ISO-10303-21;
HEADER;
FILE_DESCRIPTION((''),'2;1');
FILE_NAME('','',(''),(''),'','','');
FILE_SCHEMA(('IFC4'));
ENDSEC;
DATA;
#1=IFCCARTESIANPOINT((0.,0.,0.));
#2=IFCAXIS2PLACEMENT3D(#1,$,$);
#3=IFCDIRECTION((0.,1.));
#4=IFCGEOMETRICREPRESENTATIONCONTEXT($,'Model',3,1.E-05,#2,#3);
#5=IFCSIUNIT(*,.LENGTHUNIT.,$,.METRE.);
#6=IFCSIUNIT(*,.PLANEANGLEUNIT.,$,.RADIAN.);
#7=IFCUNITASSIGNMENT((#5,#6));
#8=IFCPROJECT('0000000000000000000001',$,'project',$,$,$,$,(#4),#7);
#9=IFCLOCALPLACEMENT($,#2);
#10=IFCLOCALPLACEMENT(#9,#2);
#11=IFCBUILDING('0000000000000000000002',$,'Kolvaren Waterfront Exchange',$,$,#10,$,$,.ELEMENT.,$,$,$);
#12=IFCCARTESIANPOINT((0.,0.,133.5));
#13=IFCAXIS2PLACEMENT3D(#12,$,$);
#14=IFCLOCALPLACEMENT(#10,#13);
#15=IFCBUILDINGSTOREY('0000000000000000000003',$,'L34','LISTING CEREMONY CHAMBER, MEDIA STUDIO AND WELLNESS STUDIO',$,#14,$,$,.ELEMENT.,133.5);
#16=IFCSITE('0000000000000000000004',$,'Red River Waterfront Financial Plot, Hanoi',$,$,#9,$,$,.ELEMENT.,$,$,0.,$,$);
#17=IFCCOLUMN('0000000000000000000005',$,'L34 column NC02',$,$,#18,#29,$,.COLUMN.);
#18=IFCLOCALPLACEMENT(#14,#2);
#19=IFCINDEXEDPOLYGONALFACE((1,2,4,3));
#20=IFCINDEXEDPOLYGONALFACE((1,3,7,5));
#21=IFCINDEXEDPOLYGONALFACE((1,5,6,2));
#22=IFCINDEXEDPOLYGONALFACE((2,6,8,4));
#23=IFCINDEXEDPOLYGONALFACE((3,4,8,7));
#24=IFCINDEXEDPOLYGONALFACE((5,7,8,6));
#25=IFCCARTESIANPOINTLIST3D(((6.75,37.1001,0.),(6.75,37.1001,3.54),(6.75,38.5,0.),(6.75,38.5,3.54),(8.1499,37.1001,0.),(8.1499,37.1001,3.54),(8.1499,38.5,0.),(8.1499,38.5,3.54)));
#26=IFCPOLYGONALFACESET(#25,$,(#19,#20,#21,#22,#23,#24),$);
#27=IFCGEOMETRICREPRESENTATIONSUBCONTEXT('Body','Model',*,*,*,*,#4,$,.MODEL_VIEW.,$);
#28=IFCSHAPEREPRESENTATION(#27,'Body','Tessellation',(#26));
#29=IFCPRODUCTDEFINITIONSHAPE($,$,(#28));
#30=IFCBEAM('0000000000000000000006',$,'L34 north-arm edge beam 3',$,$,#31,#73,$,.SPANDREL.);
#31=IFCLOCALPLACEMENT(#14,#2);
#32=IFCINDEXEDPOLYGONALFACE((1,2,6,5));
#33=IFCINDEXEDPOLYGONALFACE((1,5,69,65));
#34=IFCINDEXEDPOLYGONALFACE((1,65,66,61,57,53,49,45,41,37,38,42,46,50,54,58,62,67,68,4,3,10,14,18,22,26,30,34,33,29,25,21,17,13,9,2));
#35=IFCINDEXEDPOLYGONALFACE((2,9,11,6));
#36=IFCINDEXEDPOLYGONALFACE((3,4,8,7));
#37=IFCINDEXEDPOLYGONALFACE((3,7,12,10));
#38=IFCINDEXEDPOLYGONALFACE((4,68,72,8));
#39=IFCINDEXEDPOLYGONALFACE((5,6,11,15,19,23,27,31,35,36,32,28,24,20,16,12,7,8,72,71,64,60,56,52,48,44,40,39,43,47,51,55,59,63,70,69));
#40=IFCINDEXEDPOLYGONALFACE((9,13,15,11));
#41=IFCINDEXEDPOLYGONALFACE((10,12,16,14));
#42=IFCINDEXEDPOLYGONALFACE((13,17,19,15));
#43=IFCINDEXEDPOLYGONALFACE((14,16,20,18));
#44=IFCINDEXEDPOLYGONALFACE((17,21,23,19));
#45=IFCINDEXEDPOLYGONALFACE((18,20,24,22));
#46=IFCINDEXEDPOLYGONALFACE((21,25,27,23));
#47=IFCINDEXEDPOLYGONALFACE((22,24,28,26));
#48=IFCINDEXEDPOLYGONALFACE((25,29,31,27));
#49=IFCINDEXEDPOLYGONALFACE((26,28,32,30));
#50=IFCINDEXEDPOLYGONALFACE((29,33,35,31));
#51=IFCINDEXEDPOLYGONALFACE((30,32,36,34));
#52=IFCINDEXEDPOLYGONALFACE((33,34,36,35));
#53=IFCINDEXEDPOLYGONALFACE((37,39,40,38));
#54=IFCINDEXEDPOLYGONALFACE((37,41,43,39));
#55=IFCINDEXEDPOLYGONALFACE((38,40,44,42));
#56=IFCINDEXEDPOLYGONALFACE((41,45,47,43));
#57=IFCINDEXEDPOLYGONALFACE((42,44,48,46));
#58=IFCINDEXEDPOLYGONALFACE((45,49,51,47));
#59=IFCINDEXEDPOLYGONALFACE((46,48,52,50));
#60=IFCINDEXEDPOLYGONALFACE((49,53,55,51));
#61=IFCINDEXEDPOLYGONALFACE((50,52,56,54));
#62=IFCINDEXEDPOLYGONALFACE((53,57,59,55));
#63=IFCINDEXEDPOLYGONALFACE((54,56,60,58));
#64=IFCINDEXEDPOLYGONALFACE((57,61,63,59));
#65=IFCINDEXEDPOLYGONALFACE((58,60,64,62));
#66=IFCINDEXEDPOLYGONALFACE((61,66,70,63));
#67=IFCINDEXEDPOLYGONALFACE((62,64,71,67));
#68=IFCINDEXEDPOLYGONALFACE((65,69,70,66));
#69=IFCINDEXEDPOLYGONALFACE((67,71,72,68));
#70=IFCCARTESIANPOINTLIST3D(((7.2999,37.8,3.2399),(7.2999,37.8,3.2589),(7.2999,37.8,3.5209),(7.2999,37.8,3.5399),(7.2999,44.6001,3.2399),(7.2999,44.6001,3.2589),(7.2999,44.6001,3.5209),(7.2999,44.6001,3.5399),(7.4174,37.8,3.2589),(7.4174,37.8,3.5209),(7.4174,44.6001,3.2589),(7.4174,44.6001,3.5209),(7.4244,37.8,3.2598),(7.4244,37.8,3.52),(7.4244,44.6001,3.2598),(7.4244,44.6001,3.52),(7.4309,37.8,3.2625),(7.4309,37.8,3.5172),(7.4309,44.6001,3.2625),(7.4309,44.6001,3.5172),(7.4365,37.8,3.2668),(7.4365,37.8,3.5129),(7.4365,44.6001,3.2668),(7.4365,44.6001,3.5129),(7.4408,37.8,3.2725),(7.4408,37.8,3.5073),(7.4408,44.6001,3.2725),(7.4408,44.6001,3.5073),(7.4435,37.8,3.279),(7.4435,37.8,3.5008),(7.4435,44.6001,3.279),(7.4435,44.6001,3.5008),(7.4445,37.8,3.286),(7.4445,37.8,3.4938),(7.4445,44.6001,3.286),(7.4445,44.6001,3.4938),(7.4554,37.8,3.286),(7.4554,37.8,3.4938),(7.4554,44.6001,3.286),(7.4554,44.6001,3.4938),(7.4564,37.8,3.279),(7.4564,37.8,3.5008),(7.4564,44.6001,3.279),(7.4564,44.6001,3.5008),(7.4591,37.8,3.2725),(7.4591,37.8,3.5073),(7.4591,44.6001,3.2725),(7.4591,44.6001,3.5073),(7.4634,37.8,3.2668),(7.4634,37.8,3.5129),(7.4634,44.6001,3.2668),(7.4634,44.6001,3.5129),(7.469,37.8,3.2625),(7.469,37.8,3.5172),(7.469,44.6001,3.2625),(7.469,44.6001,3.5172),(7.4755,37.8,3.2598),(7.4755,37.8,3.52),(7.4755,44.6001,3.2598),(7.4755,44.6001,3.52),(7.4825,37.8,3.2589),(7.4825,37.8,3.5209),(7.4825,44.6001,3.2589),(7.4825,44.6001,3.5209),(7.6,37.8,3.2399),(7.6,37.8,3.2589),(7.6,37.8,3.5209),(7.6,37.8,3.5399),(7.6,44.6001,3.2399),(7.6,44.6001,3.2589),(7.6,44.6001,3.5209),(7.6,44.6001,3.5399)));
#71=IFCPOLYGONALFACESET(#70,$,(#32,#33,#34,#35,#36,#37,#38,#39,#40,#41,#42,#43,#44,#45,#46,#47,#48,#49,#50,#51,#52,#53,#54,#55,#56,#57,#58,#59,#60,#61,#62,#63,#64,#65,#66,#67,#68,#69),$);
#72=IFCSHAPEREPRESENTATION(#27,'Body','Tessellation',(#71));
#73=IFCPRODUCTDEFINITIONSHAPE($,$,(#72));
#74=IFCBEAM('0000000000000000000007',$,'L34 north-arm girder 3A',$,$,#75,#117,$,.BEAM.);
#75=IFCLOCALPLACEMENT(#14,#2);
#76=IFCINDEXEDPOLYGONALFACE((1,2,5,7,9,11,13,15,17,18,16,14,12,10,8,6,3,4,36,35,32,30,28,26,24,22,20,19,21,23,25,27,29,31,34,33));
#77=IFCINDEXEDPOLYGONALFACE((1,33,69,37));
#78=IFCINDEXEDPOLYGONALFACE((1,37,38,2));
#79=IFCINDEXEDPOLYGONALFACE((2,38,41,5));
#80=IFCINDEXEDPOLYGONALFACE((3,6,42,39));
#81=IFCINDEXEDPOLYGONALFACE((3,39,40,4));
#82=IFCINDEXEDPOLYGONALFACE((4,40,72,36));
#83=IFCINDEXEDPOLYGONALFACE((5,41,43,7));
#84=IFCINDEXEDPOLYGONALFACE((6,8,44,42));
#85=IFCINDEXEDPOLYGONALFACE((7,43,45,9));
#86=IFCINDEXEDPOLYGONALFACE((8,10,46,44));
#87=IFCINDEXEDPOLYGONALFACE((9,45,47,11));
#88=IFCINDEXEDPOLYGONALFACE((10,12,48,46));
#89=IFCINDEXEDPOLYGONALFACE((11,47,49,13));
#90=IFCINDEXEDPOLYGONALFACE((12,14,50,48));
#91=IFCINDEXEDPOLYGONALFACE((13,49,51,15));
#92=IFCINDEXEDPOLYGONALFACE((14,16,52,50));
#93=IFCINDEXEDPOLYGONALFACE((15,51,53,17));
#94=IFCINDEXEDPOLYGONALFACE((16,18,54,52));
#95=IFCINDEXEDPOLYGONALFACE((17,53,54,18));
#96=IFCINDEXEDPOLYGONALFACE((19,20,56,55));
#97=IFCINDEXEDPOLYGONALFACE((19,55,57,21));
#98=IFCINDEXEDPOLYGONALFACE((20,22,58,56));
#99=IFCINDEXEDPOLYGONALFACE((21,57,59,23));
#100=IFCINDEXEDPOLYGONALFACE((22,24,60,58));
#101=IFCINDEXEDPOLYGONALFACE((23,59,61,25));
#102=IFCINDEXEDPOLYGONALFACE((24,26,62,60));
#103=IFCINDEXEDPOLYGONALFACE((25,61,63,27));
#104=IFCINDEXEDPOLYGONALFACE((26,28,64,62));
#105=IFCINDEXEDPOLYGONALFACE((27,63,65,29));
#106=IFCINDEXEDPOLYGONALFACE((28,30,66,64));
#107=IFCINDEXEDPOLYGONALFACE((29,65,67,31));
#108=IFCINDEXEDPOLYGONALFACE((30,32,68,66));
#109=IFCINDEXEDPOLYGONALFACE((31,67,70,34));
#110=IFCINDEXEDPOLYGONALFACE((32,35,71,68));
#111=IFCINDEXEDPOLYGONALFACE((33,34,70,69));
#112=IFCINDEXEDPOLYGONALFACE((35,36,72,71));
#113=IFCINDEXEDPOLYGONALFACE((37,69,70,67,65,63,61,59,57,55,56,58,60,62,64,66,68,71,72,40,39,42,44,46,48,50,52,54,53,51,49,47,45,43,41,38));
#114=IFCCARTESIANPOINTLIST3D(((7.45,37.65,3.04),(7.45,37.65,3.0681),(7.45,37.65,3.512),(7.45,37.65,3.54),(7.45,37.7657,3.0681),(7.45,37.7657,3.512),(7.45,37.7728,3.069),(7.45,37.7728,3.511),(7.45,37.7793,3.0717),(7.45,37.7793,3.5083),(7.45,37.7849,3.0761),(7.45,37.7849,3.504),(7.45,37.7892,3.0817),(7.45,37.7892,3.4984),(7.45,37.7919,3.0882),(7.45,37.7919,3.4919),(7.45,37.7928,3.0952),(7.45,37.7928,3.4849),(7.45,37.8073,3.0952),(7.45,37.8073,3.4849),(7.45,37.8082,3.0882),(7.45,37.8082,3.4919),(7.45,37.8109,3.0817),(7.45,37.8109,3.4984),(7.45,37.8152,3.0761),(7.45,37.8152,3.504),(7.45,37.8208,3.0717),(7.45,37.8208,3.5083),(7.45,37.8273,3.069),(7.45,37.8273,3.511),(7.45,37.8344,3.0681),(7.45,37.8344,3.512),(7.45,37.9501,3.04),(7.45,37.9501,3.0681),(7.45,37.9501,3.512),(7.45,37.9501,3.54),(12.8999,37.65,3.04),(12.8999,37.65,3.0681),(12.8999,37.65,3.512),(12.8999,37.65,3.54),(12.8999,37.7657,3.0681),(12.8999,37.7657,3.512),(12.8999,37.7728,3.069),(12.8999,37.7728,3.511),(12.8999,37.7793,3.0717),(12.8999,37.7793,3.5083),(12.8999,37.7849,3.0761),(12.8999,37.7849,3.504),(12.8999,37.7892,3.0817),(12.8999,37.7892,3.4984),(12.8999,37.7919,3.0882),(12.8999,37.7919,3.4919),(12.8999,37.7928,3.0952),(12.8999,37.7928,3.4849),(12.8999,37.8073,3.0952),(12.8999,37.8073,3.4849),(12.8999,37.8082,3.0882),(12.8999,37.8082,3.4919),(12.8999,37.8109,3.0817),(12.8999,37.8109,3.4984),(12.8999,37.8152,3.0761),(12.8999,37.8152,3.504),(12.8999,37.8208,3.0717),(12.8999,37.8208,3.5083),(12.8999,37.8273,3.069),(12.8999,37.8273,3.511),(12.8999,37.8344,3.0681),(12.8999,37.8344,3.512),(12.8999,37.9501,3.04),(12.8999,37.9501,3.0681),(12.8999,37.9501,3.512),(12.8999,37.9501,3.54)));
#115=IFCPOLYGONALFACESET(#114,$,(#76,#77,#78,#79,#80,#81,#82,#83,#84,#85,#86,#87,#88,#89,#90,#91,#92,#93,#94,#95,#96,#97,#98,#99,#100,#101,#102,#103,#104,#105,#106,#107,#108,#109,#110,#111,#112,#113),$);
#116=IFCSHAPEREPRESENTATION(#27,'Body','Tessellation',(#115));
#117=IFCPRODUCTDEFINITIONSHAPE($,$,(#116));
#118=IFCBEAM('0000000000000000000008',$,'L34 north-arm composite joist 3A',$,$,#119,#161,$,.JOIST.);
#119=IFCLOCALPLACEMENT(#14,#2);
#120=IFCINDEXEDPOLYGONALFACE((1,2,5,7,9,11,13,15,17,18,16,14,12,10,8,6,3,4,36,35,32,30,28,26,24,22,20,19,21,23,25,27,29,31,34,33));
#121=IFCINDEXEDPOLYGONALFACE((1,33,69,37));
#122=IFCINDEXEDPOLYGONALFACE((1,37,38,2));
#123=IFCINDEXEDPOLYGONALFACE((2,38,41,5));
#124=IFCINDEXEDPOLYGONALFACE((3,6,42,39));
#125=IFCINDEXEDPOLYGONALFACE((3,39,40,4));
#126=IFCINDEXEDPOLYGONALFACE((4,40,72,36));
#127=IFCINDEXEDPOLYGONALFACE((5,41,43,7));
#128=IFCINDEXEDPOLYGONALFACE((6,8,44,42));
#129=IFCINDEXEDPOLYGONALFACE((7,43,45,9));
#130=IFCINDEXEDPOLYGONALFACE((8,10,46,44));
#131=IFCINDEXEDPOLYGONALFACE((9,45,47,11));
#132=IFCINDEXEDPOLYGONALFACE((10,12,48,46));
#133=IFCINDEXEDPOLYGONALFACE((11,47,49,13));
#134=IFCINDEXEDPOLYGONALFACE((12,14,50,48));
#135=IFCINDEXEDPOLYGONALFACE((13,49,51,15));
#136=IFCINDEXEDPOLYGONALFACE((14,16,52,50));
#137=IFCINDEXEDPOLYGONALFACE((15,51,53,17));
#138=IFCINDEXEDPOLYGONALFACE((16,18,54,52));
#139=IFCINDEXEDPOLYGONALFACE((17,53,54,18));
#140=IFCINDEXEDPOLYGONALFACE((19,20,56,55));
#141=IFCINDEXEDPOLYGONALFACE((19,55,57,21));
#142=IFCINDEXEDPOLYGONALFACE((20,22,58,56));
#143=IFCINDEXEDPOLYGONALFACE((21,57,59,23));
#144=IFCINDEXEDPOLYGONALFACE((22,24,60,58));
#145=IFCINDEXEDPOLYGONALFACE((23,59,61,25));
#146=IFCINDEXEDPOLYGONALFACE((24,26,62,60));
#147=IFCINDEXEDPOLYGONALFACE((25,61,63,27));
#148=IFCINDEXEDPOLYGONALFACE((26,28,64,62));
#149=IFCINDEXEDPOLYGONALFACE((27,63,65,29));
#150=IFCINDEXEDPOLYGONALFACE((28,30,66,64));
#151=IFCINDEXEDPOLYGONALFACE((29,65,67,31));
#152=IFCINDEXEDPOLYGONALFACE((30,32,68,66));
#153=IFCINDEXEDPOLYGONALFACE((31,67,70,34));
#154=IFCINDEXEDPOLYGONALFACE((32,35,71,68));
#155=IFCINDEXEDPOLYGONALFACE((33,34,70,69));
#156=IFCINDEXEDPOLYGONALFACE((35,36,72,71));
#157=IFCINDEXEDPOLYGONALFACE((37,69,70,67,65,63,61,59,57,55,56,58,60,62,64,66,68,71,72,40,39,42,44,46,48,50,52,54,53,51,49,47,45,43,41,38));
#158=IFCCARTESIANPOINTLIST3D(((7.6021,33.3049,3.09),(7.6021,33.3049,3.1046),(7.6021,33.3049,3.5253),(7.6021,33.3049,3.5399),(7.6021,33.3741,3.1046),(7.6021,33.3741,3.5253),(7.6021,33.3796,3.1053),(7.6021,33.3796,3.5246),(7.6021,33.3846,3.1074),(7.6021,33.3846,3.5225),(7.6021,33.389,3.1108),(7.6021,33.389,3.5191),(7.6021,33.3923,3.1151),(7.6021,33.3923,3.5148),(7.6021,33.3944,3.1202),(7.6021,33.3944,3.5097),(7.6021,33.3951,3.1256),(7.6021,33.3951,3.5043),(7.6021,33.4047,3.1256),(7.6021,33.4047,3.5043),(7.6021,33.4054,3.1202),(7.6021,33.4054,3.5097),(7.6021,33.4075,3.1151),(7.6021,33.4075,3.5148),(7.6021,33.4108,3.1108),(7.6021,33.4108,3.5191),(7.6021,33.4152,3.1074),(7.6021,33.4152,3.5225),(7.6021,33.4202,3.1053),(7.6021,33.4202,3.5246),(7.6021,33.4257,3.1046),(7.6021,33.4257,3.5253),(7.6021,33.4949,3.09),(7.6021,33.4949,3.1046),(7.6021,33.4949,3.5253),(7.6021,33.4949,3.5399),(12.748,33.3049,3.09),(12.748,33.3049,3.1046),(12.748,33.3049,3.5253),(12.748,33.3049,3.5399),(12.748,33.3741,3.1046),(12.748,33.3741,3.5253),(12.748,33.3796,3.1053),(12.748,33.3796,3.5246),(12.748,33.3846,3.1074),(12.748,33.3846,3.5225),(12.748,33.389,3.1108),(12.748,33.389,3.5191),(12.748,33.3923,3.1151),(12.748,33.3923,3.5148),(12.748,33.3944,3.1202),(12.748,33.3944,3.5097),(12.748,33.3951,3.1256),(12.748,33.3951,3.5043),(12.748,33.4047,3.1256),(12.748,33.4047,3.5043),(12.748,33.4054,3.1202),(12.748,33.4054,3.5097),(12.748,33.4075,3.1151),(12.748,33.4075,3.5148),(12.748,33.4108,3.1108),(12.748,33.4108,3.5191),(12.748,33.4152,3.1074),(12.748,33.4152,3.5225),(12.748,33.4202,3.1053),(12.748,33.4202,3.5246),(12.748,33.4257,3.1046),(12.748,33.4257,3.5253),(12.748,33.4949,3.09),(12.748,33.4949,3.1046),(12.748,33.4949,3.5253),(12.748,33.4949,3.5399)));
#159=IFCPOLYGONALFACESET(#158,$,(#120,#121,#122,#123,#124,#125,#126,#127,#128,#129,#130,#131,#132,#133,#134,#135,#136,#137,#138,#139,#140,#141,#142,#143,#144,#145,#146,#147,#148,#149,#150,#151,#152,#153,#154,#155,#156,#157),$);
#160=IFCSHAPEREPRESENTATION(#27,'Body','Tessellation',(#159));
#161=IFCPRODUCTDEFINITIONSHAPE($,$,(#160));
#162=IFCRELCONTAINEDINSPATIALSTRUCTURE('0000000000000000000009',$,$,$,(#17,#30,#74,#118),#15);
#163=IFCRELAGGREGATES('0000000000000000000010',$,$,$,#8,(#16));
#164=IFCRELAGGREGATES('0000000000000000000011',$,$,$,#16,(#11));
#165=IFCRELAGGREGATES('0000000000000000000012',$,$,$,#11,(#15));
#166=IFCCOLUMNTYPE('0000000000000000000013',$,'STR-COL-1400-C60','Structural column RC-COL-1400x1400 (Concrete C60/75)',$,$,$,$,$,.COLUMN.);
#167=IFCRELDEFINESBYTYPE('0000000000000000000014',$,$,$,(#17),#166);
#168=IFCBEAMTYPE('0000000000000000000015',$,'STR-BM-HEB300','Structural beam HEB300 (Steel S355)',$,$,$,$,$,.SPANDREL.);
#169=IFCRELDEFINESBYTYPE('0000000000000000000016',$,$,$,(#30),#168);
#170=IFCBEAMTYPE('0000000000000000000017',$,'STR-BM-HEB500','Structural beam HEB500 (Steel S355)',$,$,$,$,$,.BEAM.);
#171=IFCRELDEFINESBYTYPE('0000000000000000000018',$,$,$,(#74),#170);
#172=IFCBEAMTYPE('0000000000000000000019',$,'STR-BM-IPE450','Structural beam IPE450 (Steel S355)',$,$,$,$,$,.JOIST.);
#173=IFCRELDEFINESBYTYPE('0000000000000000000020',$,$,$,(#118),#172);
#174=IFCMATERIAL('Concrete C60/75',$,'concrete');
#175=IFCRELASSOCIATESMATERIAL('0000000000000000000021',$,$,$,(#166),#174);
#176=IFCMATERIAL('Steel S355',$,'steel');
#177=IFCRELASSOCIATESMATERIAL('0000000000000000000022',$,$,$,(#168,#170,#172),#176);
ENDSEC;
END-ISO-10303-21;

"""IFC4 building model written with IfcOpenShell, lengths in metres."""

from ifc_helpers import new_model, si_unit, direction, frame, origin, origin_2d, place, context, subcontext, project, spatial, rectangle, i_section, extrude, material, material_profile, profile_set, type_object, element, save


model = new_model("IFC4")

# Units and contexts
model_context = context("Model", 3, precision=1e-05, world=origin(), true_north=direction((0.0, 1.0)))
body_context = subcontext(model_context, "Body", "Model", "MODEL_VIEW")
ifc_project = project(units=[si_unit("LENGTHUNIT", "METRE"), si_unit("PLANEANGLEUNIT", "RADIAN")], contexts=[model_context])

# Site, building, storey
site_placement = place(None, origin())
site = spatial("IfcSite", under=ifc_project, at=site_placement, Name="Red River Waterfront Financial Plot, Hanoi", CompositionType="ELEMENT", RefElevation=0.0)
building_placement = place(site_placement, origin())
building = spatial("IfcBuilding", under=site, at=building_placement, Name="Kolvaren Waterfront Exchange", CompositionType="ELEMENT")
storey_placement = place(building_placement, frame((0.0, 0.0, 133.5)))
storey = spatial("IfcBuildingStorey", under=building, at=storey_placement, Name="L34", Description="LISTING CEREMONY CHAMBER, MEDIA STUDIO AND WELLNESS STUDIO", CompositionType="ELEMENT", Elevation=133.5)

# Column
ifc_material_1 = material(Name="Concrete C60/75", Category="concrete")
ifc_material_profile_1 = material_profile(ifc_material_1, rectangle(XDim=1.3999, YDim=1.3999, at=origin_2d()), Name="RC-COL-1400x1400")
ifc_profile_set_1 = profile_set([ifc_material_profile_1], Name="Concrete C60/75")
column_type = type_object("IfcColumnType", Name="STR-COL-1400-C60", Description="Structural column RC-COL-1400x1400 (Concrete C60/75)", PredefinedType="COLUMN", material=ifc_profile_set_1)
column_placement = place(storey_placement, frame((7.45, 37.8, 0.0), z_axis=(0.0, 0.0, 1.0), x_axis=(1.0, 0.0, 0.0)))
element("IfcColumn", 1, at=column_placement, inside=storey, type_object=column_type, Name="L34 column NC02", PredefinedType="COLUMN", context=body_context, shape_type="SweptSolid", body=[
    extrude(rectangle(XDim=1.3999, YDim=1.3999, at=origin_2d()), origin(), (0.0, 0.0, 1.0), 3.54),
])

# Beams
ifc_material_2 = material(Name="Steel S355", Category="steel")
ifc_material_profile_2 = material_profile(ifc_material_2, i_section(OverallWidth=0.3, OverallDepth=0.3, WebThickness=0.011, FlangeThickness=0.019, FilletRadius=0.0271, at=origin_2d()), Name="HEB300")
ifc_profile_set_2 = profile_set([ifc_material_profile_2], Name="Steel S355")
beam_type_1 = type_object("IfcBeamType", Name="STR-BM-HEB300", Description="Structural beam HEB300 (Steel S355)", PredefinedType="SPANDREL", material=ifc_profile_set_2)
beam_1_placement = place(storey_placement, frame((7.45, 37.8, 3.3899), z_axis=(0.0, 1.0, 0.0), x_axis=(-1.0, 0.0, 0.0)))
element("IfcBeam", 2, at=beam_1_placement, inside=storey, type_object=beam_type_1, Name="L34 north-arm edge beam 3", PredefinedType="SPANDREL", context=body_context, shape_type="SweptSolid", body=[
    extrude(i_section(OverallWidth=0.3, OverallDepth=0.3, WebThickness=0.011, FlangeThickness=0.019, FilletRadius=0.0271, at=origin_2d()), origin(), (0.0, 0.0, 1.0), 6.8),
])
ifc_material_profile_3 = material_profile(ifc_material_2, i_section(OverallWidth=0.3, OverallDepth=0.5, WebThickness=0.0144, FlangeThickness=0.0281, FilletRadius=0.0271, at=origin_2d()), Name="HEB500")
ifc_profile_set_3 = profile_set([ifc_material_profile_3], Name="Steel S355")
beam_type_2 = type_object("IfcBeamType", Name="STR-BM-HEB500", Description="Structural beam HEB500 (Steel S355)", PredefinedType="BEAM", material=ifc_profile_set_3)
beam_2_placement = place(storey_placement, frame((7.45, 37.8, 3.29), z_axis=(1.0, 0.0, 0.0), x_axis=(0.0, 1.0, 0.0)))
element("IfcBeam", 3, at=beam_2_placement, inside=storey, type_object=beam_type_2, Name="L34 north-arm girder 3A", PredefinedType="BEAM", context=body_context, shape_type="SweptSolid", body=[
    extrude(i_section(OverallWidth=0.3, OverallDepth=0.5, WebThickness=0.0144, FlangeThickness=0.0281, FilletRadius=0.0271, at=origin_2d()), origin(), (0.0, 0.0, 1.0), 5.45),
])
ifc_material_profile_4 = material_profile(ifc_material_2, i_section(OverallWidth=0.1899, OverallDepth=0.45, WebThickness=0.0095, FlangeThickness=0.0146, FilletRadius=0.021, at=origin_2d()), Name="IPE450")
ifc_profile_set_4 = profile_set([ifc_material_profile_4], Name="Steel S355")
beam_type_3 = type_object("IfcBeamType", Name="STR-BM-IPE450", Description="Structural beam IPE450 (Steel S355)", PredefinedType="JOIST", material=ifc_profile_set_4)
beam_3_placement = place(storey_placement, frame((7.6021, 33.3999, 3.3149), z_axis=(1.0, 0.0, 0.0), x_axis=(0.0, 1.0, 0.0)))
element("IfcBeam", 4, at=beam_3_placement, inside=storey, type_object=beam_type_3, Name="L34 north-arm composite joist 3A", PredefinedType="JOIST", context=body_context, shape_type="SweptSolid", body=[
    extrude(i_section(OverallWidth=0.1899, OverallDepth=0.45, WebThickness=0.0095, FlangeThickness=0.0146, FilletRadius=0.021, at=origin_2d()), origin(), (0.0, 0.0, 1.0), 5.146),
])

save(model, "model.ifc")
